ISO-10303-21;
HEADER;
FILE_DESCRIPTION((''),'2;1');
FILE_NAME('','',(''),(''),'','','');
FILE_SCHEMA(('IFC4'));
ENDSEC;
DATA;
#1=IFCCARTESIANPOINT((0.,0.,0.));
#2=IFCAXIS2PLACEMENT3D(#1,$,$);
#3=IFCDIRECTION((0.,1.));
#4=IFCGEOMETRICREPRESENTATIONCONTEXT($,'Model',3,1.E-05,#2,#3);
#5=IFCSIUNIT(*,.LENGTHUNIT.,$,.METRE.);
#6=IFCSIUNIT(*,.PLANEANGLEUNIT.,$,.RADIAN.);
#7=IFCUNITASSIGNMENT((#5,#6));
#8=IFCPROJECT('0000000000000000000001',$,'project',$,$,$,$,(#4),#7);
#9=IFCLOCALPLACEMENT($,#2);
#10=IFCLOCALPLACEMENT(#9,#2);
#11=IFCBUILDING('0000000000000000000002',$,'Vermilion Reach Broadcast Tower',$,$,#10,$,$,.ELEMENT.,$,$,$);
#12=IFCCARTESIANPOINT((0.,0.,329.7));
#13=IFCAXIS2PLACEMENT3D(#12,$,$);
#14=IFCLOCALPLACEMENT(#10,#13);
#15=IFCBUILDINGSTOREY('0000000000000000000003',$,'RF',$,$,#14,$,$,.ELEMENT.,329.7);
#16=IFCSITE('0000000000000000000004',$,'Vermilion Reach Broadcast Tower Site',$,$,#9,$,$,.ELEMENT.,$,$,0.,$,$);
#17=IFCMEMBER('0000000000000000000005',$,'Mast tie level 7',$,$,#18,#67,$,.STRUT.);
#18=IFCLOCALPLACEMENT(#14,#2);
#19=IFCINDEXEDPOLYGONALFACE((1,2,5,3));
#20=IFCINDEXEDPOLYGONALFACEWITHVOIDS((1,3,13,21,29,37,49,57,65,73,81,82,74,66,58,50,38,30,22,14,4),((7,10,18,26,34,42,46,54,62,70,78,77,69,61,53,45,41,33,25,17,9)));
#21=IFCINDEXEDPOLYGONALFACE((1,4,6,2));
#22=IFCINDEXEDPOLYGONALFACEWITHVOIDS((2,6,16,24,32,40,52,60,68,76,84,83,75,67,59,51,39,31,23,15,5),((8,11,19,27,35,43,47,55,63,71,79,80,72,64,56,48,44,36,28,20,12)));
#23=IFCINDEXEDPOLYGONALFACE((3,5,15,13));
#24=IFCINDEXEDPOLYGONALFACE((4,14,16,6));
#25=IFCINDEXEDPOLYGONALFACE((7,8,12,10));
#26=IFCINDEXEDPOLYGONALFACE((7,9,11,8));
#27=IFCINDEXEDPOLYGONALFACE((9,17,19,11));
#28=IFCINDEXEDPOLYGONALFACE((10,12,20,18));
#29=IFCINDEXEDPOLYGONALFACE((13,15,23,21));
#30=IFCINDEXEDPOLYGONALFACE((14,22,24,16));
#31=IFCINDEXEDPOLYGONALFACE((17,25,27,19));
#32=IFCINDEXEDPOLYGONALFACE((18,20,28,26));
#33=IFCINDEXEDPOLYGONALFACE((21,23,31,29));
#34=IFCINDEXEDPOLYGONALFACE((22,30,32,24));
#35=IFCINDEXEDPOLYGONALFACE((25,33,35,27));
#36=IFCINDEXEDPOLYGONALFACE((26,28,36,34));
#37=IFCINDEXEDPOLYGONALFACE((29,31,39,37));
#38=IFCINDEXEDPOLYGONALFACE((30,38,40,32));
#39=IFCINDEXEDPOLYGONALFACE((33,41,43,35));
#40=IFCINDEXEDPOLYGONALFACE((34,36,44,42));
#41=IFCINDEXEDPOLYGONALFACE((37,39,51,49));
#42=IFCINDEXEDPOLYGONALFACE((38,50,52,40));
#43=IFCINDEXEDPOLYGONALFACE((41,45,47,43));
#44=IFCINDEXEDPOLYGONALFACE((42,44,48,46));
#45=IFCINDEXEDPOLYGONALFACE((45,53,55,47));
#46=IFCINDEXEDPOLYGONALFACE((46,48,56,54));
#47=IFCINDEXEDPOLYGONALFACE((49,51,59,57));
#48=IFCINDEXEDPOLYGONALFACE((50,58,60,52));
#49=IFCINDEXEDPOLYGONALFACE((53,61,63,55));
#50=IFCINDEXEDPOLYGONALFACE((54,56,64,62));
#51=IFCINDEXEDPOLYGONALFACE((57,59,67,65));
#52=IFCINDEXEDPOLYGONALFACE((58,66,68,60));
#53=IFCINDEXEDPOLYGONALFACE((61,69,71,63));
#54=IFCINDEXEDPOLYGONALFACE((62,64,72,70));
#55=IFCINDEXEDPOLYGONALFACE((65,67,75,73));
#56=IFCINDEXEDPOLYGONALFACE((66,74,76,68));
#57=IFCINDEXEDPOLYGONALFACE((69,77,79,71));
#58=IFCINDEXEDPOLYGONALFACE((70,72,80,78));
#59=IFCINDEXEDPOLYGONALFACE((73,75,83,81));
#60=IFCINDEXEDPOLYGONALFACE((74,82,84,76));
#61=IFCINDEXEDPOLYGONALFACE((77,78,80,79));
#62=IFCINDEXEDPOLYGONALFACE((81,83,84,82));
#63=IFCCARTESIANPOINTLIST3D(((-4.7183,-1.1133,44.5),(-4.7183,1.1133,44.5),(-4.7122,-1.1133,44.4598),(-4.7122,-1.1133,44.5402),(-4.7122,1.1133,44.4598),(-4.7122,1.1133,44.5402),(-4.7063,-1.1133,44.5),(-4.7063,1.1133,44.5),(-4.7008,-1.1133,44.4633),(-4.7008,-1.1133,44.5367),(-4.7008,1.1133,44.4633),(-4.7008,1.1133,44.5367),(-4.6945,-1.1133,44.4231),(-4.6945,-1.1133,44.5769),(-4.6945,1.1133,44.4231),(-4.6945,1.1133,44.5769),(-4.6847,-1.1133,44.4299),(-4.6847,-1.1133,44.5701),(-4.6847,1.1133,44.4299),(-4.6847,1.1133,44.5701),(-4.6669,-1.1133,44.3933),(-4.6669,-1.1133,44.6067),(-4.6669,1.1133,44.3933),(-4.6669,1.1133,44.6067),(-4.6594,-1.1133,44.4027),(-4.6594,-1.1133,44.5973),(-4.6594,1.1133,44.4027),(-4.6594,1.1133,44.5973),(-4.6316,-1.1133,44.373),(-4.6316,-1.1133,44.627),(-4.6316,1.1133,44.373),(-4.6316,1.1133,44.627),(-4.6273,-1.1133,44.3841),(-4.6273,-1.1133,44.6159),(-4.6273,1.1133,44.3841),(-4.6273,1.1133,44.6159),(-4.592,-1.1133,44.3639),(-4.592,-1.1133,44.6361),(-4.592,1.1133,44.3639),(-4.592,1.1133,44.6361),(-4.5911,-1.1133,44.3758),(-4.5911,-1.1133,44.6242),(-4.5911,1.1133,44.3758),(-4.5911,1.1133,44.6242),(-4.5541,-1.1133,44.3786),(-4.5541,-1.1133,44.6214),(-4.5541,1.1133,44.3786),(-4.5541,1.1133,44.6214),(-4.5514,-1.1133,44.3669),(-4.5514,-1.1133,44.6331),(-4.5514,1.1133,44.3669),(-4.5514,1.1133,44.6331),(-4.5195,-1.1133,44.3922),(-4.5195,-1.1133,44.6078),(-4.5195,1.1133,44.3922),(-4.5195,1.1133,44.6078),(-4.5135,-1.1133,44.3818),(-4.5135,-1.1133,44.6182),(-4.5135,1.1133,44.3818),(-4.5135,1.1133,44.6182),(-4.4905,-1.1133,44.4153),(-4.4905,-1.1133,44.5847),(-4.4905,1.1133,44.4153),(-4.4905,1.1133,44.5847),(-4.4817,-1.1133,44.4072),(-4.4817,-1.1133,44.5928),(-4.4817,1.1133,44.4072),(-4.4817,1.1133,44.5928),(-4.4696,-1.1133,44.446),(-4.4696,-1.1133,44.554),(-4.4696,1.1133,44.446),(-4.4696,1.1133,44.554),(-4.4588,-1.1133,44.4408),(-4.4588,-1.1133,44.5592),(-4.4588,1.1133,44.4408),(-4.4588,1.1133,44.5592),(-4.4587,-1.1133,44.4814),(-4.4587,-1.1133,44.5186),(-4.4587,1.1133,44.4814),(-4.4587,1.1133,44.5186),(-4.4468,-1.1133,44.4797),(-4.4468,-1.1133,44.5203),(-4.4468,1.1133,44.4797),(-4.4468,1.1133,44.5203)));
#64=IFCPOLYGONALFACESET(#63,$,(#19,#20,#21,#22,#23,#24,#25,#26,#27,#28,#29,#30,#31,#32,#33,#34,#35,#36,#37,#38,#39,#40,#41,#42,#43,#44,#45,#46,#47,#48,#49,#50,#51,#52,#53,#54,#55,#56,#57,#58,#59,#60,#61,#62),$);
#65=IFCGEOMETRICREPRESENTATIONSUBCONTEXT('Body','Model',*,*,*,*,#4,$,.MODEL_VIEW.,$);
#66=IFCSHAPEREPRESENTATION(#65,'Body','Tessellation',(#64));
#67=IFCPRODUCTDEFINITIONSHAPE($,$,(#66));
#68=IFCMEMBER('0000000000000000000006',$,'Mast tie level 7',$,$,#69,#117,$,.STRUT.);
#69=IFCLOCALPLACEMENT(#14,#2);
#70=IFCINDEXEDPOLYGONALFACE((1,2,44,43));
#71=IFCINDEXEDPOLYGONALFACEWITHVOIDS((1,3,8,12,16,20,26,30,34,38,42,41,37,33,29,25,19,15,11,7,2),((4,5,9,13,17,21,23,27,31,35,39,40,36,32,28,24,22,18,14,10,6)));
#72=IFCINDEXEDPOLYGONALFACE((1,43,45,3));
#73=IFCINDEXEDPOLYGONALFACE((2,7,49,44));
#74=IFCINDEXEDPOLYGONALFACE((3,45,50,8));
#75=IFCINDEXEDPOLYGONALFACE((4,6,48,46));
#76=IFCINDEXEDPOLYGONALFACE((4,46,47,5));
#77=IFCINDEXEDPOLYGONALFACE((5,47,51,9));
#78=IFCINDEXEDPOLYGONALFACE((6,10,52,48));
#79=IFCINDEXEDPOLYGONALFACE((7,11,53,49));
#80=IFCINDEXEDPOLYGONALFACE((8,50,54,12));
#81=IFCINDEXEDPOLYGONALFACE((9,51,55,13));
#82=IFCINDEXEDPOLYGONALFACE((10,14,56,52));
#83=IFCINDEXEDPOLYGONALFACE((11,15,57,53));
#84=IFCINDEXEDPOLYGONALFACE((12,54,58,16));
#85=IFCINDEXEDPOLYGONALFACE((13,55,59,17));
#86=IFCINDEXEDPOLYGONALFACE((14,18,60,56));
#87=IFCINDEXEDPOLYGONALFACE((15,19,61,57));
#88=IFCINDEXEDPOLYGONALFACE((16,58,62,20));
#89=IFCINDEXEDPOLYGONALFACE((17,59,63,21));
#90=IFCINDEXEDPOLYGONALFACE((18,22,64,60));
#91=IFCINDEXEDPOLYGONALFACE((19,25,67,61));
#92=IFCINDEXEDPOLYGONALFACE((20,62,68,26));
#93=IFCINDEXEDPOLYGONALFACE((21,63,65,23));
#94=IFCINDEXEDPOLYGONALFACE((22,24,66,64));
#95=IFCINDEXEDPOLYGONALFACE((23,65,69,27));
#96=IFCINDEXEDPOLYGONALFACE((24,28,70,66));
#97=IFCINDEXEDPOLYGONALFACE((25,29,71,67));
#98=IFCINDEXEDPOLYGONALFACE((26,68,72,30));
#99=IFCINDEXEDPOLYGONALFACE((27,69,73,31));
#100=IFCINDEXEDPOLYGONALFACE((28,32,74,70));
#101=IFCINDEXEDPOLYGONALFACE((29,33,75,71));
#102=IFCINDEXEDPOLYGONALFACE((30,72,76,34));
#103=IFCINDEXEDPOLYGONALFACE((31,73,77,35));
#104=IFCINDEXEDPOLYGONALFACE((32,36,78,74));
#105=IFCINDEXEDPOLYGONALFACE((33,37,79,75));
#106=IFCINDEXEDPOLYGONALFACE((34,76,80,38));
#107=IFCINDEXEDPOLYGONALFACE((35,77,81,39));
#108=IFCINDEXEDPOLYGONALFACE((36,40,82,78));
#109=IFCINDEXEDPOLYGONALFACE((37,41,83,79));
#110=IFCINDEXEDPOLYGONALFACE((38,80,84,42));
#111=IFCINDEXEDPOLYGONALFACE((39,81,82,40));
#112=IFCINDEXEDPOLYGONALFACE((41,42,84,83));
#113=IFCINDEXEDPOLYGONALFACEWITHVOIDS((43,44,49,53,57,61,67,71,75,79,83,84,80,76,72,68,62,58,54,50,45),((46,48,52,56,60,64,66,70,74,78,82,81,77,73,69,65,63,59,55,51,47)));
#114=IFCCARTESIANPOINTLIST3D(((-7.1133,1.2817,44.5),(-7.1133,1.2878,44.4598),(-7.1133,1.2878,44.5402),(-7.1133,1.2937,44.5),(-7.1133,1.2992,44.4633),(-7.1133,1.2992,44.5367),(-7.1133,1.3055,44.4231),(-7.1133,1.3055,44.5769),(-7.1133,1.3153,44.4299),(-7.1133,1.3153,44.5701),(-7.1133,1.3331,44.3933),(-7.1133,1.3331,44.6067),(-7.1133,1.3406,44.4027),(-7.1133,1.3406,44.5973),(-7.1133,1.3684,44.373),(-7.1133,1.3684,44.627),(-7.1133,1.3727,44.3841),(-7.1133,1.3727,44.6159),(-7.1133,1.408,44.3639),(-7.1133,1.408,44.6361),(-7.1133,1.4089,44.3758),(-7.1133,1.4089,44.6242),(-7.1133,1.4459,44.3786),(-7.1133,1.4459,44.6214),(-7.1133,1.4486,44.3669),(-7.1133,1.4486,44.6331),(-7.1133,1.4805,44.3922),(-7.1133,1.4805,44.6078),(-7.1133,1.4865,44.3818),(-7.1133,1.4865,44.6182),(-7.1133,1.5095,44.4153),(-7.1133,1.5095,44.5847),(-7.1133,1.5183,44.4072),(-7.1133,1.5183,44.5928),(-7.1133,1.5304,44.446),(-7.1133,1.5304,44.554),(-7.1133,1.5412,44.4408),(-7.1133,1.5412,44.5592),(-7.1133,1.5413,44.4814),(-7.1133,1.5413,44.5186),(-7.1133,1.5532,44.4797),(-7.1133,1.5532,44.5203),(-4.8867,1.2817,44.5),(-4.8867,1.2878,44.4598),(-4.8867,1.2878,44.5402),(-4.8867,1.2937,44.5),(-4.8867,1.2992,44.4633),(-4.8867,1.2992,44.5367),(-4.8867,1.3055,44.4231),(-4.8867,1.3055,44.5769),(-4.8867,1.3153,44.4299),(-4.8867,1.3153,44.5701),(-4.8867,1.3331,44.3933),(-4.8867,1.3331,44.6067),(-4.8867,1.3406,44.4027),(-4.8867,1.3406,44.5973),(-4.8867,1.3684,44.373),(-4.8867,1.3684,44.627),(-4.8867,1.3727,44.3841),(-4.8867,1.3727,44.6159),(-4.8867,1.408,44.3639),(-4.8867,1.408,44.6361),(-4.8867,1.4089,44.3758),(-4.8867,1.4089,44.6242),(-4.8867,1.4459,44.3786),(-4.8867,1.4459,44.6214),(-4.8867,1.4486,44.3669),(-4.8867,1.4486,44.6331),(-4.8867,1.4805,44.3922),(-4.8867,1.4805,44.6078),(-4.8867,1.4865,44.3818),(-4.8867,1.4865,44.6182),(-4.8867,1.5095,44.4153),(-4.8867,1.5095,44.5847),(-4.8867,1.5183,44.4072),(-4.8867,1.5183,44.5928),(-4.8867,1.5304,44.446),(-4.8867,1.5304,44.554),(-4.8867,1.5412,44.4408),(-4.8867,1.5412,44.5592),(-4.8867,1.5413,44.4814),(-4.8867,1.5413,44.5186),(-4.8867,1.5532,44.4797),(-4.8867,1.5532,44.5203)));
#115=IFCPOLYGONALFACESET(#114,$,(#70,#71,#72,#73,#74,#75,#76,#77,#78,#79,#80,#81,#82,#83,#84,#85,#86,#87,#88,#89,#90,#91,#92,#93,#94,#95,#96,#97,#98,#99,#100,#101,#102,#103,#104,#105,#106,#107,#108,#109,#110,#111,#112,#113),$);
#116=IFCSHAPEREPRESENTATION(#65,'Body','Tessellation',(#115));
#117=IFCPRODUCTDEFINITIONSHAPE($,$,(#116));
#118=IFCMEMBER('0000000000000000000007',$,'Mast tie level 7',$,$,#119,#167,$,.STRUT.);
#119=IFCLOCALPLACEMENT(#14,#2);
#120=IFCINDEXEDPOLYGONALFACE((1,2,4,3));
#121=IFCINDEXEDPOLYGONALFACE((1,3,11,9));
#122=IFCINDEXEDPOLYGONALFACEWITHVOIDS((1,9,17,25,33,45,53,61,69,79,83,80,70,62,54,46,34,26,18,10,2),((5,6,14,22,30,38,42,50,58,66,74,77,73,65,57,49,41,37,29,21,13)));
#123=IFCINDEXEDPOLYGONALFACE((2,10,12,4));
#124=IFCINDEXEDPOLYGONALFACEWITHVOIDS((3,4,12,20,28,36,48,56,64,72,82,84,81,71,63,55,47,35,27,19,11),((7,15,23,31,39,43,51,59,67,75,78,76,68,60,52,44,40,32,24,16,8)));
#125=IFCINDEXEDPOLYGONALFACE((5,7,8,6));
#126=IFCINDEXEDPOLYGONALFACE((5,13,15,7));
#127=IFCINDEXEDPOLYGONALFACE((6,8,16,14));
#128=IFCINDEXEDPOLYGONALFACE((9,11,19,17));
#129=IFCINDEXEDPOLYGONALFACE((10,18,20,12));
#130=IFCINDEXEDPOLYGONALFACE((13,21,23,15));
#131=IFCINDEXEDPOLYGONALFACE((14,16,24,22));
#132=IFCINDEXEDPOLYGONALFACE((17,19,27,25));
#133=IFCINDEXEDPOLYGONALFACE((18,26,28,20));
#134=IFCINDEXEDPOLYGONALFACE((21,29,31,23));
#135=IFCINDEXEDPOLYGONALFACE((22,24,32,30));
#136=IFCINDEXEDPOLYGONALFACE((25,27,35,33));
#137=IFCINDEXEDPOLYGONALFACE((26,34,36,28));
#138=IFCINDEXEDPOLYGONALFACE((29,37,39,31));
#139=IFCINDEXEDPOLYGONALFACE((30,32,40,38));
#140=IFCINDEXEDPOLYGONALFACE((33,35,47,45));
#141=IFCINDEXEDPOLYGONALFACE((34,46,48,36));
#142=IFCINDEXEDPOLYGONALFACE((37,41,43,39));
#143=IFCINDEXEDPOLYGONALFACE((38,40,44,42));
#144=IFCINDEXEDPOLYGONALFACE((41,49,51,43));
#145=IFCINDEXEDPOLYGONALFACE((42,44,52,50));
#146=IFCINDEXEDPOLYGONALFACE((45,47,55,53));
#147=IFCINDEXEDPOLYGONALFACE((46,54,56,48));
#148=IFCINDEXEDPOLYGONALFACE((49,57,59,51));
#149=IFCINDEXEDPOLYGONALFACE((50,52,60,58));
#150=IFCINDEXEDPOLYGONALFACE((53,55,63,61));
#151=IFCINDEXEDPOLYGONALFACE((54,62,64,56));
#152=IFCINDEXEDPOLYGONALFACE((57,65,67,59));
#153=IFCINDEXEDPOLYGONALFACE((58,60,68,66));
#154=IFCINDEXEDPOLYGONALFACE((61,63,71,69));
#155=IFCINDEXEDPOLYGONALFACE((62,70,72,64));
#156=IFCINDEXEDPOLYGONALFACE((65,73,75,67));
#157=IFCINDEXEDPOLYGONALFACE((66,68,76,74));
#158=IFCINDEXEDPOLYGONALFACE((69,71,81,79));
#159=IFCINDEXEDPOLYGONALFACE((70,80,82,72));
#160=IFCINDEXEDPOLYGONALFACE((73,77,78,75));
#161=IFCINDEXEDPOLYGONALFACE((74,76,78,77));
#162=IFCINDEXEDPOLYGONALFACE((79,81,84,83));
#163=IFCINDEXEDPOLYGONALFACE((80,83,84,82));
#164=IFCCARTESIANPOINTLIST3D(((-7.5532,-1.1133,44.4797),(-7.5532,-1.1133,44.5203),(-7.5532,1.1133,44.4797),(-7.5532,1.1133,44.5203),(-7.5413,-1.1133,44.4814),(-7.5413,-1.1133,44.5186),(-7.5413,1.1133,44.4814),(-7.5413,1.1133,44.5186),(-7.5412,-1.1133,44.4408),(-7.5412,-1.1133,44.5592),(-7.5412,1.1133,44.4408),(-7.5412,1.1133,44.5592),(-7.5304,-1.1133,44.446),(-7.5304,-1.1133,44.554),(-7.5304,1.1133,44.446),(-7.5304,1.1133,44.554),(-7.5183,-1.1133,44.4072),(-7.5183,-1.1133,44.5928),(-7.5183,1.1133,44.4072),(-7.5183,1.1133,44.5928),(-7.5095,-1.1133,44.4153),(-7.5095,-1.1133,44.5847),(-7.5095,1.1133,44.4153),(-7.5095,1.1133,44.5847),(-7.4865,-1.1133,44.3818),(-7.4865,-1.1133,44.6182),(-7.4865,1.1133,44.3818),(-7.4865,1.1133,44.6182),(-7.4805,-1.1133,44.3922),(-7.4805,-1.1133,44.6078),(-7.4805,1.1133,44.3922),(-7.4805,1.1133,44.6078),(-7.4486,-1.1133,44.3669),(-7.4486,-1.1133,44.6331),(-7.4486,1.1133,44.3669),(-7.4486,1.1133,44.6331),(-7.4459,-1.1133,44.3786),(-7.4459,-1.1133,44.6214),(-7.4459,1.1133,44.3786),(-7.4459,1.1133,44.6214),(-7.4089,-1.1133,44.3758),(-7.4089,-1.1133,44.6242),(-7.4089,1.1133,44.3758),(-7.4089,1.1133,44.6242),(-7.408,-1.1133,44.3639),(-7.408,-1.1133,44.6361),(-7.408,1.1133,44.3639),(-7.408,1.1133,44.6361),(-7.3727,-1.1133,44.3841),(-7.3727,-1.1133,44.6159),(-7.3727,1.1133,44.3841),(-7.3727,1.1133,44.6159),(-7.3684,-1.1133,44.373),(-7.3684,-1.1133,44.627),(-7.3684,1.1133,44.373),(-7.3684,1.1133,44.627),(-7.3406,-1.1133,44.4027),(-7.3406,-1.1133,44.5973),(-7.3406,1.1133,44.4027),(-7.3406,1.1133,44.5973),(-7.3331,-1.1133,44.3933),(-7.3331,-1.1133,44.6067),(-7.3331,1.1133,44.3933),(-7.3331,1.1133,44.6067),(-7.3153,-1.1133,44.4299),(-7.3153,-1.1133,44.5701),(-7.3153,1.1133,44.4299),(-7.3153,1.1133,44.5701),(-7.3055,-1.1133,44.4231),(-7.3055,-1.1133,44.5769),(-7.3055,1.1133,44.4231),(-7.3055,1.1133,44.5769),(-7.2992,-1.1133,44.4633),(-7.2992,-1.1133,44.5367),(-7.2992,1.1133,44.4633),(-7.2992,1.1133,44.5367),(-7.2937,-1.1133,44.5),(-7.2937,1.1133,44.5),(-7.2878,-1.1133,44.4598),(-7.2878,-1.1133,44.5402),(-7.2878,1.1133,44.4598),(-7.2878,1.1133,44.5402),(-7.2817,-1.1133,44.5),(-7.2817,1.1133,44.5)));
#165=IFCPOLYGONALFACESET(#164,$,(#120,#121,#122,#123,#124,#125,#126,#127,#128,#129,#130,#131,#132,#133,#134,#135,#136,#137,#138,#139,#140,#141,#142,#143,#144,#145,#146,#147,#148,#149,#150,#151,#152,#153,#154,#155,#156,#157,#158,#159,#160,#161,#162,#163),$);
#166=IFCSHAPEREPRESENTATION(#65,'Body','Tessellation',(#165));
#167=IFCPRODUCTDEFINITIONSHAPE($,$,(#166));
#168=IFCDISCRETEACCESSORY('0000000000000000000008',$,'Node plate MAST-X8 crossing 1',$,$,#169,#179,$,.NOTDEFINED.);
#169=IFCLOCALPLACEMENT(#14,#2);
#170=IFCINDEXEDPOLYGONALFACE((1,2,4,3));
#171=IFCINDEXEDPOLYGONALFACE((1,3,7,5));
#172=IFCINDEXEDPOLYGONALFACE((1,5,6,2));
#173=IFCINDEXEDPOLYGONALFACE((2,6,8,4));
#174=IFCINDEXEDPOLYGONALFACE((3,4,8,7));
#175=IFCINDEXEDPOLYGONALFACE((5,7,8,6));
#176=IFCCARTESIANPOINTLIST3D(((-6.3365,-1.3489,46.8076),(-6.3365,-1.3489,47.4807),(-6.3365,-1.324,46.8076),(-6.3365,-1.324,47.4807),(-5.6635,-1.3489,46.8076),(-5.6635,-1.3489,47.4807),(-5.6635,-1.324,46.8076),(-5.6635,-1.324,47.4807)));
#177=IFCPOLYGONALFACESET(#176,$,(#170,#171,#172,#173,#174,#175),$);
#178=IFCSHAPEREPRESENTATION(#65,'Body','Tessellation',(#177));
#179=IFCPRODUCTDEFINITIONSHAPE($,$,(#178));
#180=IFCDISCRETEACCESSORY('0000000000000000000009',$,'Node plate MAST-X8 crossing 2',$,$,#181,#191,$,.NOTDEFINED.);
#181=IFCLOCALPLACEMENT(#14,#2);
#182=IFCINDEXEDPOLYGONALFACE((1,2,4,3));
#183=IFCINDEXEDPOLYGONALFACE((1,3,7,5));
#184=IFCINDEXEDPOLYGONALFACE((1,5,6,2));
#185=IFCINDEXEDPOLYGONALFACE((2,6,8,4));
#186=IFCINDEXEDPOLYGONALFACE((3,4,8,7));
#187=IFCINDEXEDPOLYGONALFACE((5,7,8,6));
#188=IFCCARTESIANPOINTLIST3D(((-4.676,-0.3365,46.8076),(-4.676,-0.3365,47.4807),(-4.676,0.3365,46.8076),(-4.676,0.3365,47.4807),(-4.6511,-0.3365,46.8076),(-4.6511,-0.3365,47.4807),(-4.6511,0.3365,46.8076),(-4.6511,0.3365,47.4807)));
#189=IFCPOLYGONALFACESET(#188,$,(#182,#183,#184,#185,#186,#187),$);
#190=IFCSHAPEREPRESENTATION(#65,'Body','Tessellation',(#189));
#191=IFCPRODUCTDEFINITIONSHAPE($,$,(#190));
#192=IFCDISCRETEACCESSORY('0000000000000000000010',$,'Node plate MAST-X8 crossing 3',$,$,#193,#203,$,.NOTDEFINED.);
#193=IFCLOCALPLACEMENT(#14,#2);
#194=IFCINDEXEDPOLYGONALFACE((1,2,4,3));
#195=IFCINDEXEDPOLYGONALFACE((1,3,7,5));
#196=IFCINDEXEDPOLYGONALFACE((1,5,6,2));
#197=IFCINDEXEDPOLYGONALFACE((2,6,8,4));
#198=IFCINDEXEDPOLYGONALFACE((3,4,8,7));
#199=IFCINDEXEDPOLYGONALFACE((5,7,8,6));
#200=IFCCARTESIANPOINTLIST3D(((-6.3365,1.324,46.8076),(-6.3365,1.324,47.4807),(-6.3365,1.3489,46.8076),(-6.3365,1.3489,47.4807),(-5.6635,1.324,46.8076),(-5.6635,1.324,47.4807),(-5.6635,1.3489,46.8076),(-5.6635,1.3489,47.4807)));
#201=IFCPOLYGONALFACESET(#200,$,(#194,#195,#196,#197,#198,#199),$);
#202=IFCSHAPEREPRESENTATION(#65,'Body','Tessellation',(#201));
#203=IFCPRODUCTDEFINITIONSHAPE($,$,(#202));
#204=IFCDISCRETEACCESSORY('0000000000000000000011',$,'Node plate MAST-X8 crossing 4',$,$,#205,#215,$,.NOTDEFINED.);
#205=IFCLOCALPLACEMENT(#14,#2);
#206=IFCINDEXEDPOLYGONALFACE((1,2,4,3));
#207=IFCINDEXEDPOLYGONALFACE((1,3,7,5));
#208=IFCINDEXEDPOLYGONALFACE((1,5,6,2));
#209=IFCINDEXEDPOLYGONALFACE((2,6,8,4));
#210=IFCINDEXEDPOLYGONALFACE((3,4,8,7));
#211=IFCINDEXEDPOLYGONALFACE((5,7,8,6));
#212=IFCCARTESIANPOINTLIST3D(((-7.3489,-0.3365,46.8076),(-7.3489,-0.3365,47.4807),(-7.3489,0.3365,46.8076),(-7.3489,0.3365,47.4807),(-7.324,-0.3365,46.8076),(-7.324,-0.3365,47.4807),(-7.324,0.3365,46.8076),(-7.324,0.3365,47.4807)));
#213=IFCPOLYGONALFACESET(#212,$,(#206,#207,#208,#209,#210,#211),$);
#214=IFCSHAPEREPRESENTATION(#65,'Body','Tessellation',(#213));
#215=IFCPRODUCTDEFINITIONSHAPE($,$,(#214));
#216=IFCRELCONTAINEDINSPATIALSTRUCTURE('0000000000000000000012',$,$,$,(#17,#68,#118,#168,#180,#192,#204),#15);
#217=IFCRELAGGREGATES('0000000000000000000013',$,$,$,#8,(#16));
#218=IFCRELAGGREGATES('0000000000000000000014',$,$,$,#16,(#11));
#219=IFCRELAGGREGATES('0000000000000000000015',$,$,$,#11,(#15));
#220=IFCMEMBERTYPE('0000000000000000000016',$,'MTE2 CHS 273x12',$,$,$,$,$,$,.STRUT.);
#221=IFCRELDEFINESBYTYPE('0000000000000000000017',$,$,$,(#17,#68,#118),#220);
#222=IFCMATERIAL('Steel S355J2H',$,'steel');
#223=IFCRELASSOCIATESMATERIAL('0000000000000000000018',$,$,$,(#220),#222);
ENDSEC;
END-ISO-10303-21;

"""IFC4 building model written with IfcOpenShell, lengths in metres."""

from ifc_helpers import new_model, si_unit, direction, frame, origin, origin_2d, place, context, subcontext, project, spatial, rectangle, hollow_circle, extrude, material, material_profile, profile_set, type_object, element, save


model = new_model("IFC4")

# Units and contexts
model_context = context("Model", 3, precision=1e-05, world=origin(), true_north=direction((0.0, 1.0)))
body_context = subcontext(model_context, "Body", "Model", "MODEL_VIEW")
ifc_project = project(units=[si_unit("LENGTHUNIT", "METRE"), si_unit("PLANEANGLEUNIT", "RADIAN")], contexts=[model_context])

# Site, building, storey
site_placement = place(None, origin())
site = spatial("IfcSite", under=ifc_project, at=site_placement, Name="Vermilion Reach Broadcast Tower Site", CompositionType="ELEMENT", RefElevation=0.0)
building_placement = place(site_placement, origin())
building = spatial("IfcBuilding", under=site, at=building_placement, Name="Vermilion Reach Broadcast Tower", CompositionType="ELEMENT")
storey_placement = place(building_placement, frame((0.0, 0.0, 329.7)))
storey = spatial("IfcBuildingStorey", under=building, at=storey_placement, Name="RF", CompositionType="ELEMENT", Elevation=329.7)

# Members
ifc_material_1 = material(Name="Steel S355J2H", Category="steel")
ifc_material_profile_1 = material_profile(ifc_material_1, hollow_circle(Radius=0.1365, WallThickness=0.012, at=origin_2d()), Name="S355J2H CHS 273x12")
ifc_profile_set_1 = profile_set([ifc_material_profile_1], Name="Steel S355J2H")
member_type_1 = type_object("IfcMemberType", Name="MTE2 CHS 273x12", PredefinedType="STRUT", material=ifc_profile_set_1)
for number, where, z_axis, x_axis, name in (
    (1, (-4.5818, -1.1133, 44.5), (0.0, 1.0, 0.0), (-1.0, 0.0, 0.0), "Mast tie level 7"),
    (2, (-4.8867, 1.4182, 44.5), (-1.0, 0.0, 0.0), (0.0, -1.0, 0.0), "Mast tie level 7"),
    (3, (-7.4182, 1.1133, 44.5), (0.0, -1.0, 0.0), (1.0, 0.0, 0.0), "Mast tie level 7"),
):
    element("IfcMember", number, at=place(storey_placement, frame(where, z_axis=z_axis, x_axis=x_axis)), inside=storey, type_object=member_type_1, Name=name, PredefinedType="STRUT", context=body_context, shape_type="SweptSolid", body=[
        extrude(hollow_circle(Radius=0.1365, WallThickness=0.012, at=origin_2d()), origin(), (0.0, 0.0, 1.0), 2.2266),
    ])

# Discrete accessories
for number, where, z_axis, x_axis, name in (
    (4, (-6.0, -1.3364, 46.8076), (0.0, 0.0, 1.0), (0.0, 1.0, 0.0), "Node plate MAST-X8 crossing 1"),
    (5, (-4.6636, 0.0, 46.8076), (0.0, 0.0, 1.0), (-1.0, 0.0, 0.0), "Node plate MAST-X8 crossing 2"),
    (6, (-6.0, 1.3364, 46.8076), (0.0, 0.0, 1.0), (0.0, -1.0, 0.0), "Node plate MAST-X8 crossing 3"),
    (7, (-7.3364, 0.0, 46.8076), (0.0, 0.0, 1.0), (1.0, 0.0, 0.0), "Node plate MAST-X8 crossing 4"),
):
    element("IfcDiscreteAccessory", number, at=place(storey_placement, frame(where, z_axis=z_axis, x_axis=x_axis)), inside=storey, Name=name, PredefinedType="NOTDEFINED", context=body_context, shape_type="SweptSolid", body=[
        extrude(rectangle(XDim=0.0249, YDim=0.6731, at=origin_2d()), origin(), (0.0, 0.0, 1.0), 0.6731),
    ])

save(model, "model.ifc")
